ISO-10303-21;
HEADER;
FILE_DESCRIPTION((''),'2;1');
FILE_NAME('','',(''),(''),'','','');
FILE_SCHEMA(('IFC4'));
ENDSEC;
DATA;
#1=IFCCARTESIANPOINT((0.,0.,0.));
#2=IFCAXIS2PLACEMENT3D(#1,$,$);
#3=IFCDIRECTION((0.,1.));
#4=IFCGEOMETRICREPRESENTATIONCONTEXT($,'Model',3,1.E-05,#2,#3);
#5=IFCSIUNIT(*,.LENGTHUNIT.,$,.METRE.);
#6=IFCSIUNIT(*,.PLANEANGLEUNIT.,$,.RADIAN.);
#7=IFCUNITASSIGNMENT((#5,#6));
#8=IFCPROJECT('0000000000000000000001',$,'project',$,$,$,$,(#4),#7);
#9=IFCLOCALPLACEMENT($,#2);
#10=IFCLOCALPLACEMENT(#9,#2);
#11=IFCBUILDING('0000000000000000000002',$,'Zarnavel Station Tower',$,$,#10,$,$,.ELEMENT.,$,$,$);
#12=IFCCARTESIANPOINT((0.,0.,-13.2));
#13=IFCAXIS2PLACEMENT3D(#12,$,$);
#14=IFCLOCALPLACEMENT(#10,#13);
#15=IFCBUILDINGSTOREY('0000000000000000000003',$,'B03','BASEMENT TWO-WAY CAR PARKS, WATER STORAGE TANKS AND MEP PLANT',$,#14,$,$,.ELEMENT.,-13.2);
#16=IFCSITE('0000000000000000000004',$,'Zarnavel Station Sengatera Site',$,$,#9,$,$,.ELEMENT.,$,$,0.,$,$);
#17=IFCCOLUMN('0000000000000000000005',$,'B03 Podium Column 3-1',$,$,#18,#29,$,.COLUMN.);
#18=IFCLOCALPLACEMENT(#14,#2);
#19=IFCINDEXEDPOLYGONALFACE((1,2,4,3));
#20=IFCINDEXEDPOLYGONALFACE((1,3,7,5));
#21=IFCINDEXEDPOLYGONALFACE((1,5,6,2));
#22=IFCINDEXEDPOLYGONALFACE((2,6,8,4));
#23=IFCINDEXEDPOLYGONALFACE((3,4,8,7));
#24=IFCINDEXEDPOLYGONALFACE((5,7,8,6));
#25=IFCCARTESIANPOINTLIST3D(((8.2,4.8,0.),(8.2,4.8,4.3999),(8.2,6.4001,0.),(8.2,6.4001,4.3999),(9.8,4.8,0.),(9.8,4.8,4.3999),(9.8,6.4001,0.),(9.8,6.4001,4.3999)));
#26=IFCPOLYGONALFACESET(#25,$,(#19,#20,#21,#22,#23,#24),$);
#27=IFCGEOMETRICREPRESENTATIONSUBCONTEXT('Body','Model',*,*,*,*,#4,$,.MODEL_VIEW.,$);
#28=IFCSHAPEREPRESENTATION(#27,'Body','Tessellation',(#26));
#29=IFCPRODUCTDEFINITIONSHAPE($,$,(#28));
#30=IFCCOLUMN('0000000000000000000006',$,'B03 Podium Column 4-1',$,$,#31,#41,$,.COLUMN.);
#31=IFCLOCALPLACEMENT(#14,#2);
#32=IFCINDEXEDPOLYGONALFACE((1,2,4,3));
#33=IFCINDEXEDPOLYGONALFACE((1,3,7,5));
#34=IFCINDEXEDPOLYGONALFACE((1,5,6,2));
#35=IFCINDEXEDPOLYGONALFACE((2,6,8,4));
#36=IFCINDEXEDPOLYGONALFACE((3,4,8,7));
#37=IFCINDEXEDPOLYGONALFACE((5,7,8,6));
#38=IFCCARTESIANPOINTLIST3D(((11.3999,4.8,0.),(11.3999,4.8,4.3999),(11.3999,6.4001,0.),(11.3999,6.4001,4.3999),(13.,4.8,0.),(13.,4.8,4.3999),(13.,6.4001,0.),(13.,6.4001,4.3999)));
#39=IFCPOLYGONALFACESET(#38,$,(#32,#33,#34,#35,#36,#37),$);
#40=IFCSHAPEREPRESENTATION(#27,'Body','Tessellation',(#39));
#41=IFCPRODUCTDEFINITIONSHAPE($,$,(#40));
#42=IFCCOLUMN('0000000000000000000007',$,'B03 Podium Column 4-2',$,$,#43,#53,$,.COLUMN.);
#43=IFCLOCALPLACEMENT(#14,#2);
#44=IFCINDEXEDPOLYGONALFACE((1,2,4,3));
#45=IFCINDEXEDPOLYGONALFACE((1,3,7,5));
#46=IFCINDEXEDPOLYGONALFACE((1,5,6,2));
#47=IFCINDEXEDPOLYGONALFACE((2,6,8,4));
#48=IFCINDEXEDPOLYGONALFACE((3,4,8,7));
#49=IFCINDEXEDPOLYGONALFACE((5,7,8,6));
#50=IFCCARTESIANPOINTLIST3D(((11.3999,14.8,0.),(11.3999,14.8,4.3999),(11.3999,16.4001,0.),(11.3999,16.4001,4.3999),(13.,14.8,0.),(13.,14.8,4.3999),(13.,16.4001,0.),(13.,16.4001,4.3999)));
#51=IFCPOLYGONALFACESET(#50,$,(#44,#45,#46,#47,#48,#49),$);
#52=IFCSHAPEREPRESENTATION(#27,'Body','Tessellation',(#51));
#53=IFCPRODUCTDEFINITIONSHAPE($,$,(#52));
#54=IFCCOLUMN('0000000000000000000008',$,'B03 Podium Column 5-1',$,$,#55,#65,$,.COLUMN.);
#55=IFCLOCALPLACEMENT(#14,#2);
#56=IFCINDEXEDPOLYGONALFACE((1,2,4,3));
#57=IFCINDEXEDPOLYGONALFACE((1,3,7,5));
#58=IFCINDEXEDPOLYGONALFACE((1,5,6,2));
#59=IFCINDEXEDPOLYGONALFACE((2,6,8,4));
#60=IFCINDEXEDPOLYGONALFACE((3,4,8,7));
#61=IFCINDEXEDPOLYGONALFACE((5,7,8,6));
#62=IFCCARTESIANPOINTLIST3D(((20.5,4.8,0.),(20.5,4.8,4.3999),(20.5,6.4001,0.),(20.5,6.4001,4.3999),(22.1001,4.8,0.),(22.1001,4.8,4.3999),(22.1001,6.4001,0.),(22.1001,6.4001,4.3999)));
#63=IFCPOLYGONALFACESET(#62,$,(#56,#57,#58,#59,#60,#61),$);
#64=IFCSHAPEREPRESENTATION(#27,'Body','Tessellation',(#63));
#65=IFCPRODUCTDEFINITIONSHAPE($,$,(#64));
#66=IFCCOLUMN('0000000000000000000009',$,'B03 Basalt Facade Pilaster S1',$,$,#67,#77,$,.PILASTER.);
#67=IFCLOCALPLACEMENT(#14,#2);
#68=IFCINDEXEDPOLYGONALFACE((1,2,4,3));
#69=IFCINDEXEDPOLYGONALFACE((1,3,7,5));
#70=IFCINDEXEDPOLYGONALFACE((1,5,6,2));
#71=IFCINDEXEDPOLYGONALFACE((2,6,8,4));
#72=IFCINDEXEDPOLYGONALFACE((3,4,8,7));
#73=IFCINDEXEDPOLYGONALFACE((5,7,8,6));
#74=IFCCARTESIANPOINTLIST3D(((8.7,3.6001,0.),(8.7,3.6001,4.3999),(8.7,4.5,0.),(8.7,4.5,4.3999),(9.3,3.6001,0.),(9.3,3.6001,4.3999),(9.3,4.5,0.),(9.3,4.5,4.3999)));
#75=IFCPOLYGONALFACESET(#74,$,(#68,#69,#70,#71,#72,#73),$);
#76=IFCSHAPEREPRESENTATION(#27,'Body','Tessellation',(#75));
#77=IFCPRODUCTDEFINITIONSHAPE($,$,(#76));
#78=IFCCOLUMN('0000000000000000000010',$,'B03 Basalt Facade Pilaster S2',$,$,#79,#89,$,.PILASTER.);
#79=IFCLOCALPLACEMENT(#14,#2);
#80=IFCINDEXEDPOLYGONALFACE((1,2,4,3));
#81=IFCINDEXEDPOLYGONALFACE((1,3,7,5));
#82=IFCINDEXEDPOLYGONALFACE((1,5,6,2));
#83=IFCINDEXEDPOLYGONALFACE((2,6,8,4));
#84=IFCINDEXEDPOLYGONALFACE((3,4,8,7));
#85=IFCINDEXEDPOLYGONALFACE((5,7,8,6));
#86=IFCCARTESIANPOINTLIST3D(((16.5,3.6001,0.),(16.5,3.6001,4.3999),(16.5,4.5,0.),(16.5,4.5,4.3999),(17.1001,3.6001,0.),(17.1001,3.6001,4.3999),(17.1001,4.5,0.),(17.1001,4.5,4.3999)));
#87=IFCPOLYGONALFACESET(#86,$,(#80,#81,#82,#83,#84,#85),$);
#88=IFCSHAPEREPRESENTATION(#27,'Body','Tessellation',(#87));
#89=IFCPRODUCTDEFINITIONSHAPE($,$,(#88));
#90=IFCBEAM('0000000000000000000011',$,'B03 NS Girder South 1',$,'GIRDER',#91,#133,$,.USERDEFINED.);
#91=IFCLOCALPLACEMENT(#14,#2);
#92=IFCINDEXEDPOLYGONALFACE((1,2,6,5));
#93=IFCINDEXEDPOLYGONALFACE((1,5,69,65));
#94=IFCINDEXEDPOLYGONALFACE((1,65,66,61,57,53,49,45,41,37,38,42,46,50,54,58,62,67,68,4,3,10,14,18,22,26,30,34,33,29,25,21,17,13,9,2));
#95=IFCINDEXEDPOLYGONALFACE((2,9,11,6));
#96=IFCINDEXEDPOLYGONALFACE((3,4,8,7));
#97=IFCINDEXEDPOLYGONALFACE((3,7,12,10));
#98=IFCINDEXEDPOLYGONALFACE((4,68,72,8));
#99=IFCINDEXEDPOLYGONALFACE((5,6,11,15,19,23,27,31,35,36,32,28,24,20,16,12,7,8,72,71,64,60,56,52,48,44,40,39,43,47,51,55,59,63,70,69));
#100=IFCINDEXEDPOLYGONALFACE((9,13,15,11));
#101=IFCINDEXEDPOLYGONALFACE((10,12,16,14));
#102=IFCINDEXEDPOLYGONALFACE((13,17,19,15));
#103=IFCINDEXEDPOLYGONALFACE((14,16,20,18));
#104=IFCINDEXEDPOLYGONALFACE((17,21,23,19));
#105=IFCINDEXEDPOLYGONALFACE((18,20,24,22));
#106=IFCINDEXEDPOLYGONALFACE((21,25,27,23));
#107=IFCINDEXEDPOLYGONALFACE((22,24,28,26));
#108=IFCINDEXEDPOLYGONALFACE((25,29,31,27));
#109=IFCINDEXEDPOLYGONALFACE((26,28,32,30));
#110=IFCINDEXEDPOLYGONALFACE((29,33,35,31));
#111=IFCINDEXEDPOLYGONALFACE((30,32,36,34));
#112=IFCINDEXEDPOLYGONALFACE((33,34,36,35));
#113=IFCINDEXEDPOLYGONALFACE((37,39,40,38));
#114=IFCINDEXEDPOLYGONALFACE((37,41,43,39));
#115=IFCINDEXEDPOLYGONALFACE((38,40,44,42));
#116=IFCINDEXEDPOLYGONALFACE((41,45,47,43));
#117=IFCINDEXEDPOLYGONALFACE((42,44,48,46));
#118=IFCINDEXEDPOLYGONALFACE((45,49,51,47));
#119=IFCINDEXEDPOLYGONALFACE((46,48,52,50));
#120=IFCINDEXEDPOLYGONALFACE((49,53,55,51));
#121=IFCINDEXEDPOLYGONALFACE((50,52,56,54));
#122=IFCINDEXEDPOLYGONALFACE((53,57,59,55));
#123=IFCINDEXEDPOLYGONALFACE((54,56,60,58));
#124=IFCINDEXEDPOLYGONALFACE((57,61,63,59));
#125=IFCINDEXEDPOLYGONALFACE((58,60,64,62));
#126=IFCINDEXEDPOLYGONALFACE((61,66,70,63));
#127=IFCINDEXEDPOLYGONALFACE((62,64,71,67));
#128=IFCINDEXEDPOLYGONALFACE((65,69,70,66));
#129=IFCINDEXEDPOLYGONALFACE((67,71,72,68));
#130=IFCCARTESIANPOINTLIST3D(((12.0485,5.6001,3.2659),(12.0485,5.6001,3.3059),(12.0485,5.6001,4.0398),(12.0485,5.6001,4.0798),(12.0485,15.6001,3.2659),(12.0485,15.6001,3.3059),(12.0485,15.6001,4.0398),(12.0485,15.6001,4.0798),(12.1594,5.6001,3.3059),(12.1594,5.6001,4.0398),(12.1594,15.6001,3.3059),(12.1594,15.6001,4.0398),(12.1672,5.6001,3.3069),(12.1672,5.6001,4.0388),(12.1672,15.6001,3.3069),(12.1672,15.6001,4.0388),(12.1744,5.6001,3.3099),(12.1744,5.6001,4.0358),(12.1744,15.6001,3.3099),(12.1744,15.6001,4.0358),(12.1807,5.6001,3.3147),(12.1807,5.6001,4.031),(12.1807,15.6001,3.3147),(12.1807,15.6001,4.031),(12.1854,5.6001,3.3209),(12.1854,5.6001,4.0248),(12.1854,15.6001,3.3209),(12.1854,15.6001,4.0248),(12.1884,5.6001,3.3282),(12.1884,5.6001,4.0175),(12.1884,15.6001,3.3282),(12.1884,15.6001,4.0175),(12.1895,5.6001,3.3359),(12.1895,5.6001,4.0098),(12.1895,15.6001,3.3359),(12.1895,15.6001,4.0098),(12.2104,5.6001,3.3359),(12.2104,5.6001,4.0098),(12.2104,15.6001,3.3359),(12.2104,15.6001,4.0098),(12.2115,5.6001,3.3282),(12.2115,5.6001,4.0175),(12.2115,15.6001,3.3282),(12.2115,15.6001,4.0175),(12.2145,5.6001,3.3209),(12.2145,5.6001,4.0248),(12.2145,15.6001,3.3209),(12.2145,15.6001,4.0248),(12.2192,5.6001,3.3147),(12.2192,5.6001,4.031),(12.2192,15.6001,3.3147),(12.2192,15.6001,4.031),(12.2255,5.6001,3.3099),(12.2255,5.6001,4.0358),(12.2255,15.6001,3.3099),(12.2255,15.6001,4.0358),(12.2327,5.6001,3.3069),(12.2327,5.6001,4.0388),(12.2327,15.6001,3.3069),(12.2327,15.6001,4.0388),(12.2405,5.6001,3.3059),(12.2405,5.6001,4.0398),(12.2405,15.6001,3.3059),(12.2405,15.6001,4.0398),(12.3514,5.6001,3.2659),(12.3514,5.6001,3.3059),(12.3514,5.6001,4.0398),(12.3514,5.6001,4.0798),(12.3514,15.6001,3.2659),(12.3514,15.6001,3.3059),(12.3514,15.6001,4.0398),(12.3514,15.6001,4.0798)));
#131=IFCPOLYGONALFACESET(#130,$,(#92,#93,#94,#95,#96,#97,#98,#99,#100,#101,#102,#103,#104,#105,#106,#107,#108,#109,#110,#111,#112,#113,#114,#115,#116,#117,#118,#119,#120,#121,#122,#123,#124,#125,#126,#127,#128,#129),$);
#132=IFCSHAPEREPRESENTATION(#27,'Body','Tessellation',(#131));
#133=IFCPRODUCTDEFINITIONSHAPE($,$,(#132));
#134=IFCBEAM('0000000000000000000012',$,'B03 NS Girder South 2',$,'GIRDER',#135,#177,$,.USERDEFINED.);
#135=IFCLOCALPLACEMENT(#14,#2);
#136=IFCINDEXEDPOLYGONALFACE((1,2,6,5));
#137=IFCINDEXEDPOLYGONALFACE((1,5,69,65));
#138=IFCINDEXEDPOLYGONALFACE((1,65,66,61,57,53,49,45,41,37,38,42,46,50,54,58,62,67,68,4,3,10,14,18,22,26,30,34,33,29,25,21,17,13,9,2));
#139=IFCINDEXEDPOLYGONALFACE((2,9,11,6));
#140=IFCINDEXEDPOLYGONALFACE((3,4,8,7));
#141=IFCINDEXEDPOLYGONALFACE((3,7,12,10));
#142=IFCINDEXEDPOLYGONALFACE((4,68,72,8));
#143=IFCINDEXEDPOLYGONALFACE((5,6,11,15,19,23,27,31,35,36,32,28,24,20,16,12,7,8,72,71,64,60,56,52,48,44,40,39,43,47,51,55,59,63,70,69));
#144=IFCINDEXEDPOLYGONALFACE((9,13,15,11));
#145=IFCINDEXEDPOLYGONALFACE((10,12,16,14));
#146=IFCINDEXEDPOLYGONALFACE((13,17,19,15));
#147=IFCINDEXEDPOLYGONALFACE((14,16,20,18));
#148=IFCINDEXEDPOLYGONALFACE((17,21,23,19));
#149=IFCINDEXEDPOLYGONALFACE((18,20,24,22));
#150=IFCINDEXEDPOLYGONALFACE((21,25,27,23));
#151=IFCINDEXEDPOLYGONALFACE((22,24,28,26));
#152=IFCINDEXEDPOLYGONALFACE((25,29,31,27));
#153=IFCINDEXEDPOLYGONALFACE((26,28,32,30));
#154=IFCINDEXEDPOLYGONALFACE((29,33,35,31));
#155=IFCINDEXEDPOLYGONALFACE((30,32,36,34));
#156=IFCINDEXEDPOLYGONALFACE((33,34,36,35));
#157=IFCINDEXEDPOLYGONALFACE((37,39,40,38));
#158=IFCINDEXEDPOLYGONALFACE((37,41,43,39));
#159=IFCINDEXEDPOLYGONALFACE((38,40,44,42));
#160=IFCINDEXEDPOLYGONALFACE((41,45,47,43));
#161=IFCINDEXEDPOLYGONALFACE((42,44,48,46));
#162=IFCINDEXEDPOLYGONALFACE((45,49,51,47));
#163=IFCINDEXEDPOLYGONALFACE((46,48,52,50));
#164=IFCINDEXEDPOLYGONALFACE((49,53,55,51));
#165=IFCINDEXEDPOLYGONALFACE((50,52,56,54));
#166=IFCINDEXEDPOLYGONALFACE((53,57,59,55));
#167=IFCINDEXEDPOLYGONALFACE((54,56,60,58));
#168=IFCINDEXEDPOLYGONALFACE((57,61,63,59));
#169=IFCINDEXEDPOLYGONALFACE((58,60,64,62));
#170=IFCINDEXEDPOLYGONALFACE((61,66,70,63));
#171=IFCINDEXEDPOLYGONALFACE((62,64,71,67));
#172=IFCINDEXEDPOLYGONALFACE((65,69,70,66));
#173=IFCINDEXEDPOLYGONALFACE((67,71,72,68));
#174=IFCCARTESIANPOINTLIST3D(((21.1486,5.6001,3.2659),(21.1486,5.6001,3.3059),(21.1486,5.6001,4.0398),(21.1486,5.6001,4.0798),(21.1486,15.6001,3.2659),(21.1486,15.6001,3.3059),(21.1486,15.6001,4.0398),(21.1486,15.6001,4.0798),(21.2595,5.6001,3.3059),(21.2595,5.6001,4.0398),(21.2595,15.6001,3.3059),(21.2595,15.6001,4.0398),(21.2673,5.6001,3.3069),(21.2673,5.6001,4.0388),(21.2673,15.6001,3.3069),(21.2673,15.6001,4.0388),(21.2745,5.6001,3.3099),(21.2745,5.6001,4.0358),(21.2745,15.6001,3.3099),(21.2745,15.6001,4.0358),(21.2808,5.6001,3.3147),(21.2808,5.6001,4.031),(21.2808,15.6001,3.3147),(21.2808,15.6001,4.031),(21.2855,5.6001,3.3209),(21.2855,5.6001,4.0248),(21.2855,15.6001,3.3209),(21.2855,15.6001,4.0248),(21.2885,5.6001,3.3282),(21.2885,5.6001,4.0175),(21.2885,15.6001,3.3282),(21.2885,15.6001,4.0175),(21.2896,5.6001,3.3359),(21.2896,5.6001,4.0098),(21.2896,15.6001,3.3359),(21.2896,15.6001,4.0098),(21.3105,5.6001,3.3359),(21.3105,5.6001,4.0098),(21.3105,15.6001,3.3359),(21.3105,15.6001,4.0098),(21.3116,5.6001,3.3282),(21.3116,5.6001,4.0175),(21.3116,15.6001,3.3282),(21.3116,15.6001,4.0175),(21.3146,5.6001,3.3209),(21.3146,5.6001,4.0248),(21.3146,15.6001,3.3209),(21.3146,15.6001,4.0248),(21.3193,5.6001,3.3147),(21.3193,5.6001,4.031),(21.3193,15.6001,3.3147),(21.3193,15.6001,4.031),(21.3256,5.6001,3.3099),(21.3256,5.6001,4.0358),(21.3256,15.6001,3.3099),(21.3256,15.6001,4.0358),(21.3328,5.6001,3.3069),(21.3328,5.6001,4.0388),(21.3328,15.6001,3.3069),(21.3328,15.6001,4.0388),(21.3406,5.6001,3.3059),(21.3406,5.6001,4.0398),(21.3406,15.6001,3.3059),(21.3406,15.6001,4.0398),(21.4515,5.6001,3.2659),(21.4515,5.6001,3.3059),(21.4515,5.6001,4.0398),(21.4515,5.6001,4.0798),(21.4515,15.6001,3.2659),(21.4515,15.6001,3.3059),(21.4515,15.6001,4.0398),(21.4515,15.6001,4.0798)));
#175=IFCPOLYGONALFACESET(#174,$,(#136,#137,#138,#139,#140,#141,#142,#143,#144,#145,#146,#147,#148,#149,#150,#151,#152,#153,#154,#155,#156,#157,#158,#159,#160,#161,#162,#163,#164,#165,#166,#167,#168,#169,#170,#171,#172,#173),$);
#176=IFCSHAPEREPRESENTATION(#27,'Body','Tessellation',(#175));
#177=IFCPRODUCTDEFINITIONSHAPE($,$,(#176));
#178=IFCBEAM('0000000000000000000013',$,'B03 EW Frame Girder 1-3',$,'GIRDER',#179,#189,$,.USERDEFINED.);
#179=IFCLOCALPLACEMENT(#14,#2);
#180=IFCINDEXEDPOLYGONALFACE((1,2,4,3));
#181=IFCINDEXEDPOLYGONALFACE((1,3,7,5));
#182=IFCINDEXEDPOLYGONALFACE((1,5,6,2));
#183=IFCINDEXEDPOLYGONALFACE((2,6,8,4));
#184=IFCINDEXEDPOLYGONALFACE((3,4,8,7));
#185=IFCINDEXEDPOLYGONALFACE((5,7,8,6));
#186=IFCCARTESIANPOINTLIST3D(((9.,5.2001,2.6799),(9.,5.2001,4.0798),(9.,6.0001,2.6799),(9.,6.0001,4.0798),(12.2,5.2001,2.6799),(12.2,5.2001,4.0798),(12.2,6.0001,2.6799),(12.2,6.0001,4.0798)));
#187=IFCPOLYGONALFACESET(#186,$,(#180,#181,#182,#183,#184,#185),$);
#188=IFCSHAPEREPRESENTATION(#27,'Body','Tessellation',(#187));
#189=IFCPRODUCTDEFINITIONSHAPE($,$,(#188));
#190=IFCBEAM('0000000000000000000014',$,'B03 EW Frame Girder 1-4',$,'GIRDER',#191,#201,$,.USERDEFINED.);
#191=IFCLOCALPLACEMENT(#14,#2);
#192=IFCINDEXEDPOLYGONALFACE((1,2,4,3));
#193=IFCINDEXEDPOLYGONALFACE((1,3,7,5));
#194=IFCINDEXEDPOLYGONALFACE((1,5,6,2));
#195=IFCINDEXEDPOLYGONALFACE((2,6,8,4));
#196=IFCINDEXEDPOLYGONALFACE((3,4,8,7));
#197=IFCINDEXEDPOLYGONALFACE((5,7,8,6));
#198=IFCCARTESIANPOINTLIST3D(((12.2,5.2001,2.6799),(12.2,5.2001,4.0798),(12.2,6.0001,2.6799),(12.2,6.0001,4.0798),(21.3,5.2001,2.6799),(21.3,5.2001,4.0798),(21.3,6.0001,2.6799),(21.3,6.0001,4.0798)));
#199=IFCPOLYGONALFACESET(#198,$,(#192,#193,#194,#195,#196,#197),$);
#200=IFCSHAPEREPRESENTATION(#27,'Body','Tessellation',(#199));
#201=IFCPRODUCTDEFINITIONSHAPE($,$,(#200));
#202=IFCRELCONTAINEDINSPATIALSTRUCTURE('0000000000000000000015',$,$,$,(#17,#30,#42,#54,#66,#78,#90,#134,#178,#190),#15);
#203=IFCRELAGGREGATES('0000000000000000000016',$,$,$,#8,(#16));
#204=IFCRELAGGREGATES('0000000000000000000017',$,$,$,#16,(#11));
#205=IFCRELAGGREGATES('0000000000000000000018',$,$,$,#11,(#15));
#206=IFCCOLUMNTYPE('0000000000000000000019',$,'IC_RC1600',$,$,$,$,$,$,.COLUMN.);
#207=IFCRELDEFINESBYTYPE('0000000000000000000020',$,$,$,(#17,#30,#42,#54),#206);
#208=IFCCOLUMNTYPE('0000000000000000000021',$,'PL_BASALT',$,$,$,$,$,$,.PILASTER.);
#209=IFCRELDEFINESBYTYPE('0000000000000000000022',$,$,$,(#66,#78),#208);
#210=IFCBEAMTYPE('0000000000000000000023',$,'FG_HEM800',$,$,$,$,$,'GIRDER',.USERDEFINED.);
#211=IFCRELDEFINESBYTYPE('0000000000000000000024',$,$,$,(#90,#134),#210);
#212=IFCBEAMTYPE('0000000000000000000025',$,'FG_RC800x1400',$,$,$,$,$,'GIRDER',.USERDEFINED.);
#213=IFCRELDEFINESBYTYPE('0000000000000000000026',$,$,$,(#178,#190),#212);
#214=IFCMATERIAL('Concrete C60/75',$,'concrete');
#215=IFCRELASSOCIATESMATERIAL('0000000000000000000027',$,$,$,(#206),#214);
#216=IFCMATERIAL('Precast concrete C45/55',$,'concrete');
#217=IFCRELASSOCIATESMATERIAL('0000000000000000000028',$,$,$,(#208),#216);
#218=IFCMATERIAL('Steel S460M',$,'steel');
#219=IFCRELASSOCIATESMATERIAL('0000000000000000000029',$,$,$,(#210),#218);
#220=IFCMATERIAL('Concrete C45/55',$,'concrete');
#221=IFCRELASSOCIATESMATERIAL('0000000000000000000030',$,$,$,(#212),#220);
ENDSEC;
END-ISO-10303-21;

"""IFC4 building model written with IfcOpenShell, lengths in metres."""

from ifc_helpers import new_model, si_unit, direction, frame, origin, origin_2d, place, context, subcontext, project, spatial, rectangle, i_section, extrude, material, material_profile, profile_set, type_object, element, save


model = new_model("IFC4")

# Units and contexts
model_context = context("Model", 3, precision=1e-05, world=origin(), true_north=direction((0.0, 1.0)))
body_context = subcontext(model_context, "Body", "Model", "MODEL_VIEW")
ifc_project = project(units=[si_unit("LENGTHUNIT", "METRE"), si_unit("PLANEANGLEUNIT", "RADIAN")], contexts=[model_context])

# Site, building, storey
site_placement = place(None, origin())
site = spatial("IfcSite", under=ifc_project, at=site_placement, Name="Zarnavel Station Sengatera Site", CompositionType="ELEMENT", RefElevation=0.0)
building_placement = place(site_placement, origin())
building = spatial("IfcBuilding", under=site, at=building_placement, Name="Zarnavel Station Tower", CompositionType="ELEMENT")
storey_placement = place(building_placement, frame((0.0, 0.0, -13.2)))
storey = spatial("IfcBuildingStorey", under=building, at=storey_placement, Name="B03", Description="BASEMENT TWO-WAY CAR PARKS, WATER STORAGE TANKS AND MEP PLANT", CompositionType="ELEMENT", Elevation=-13.2)

# Columns
ifc_material_1 = material(Name="Concrete C60/75", Category="concrete")
ifc_material_profile_1 = material_profile(ifc_material_1, rectangle(XDim=1.6001, YDim=1.6001, at=origin_2d()), Name="RC1600x1600")
ifc_profile_set_1 = profile_set([ifc_material_profile_1], Name="Concrete C60/75")
column_type_1 = type_object("IfcColumnType", Name="IC_RC1600", PredefinedType="COLUMN", material=ifc_profile_set_1)
for number, where, z_axis, x_axis, name in (
    (1, (9.0, 5.6001, 0.0), (0.0, 0.0, 1.0), (1.0, 0.0, 0.0), "B03 Podium Column 3-1"),
    (2, (12.2, 5.6001, 0.0), (0.0, 0.0, 1.0), (1.0, 0.0, 0.0), "B03 Podium Column 4-1"),
    (3, (12.2, 15.6001, 0.0), (0.0, 0.0, 1.0), (1.0, 0.0, 0.0), "B03 Podium Column 4-2"),
    (4, (21.3, 5.6001, 0.0), (0.0, 0.0, 1.0), (1.0, 0.0, 0.0), "B03 Podium Column 5-1"),
):
    element("IfcColumn", number, at=place(storey_placement, frame(where, z_axis=z_axis, x_axis=x_axis)), inside=storey, type_object=column_type_1, Name=name, PredefinedType="COLUMN", context=body_context, shape_type="SweptSolid", body=[
        extrude(rectangle(XDim=1.6001, YDim=1.6001, at=origin_2d()), origin(), (0.0, 0.0, 1.0), 4.3999),
    ])
ifc_material_2 = material(Name="Precast concrete C45/55", Category="concrete")
ifc_material_profile_2 = material_profile(ifc_material_2, rectangle(XDim=0.6001, YDim=0.8999, at=origin_2d()), Name="RC600x900")
ifc_profile_set_2 = profile_set([ifc_material_profile_2], Name="Precast concrete C45/55")
column_type_2 = type_object("IfcColumnType", Name="PL_BASALT", PredefinedType="PILASTER", material=ifc_profile_set_2)
for number, where, z_axis, x_axis, name in (
    (5, (9.0, 4.05, 0.0), (0.0, 0.0, 1.0), (1.0, 0.0, 0.0), "B03 Basalt Facade Pilaster S1"),
    (6, (16.8, 4.05, 0.0), (0.0, 0.0, 1.0), (1.0, 0.0, 0.0), "B03 Basalt Facade Pilaster S2"),
):
    element("IfcColumn", number, at=place(storey_placement, frame(where, z_axis=z_axis, x_axis=x_axis)), inside=storey, type_object=column_type_2, Name=name, PredefinedType="PILASTER", context=body_context, shape_type="SweptSolid", body=[
        extrude(rectangle(XDim=0.6001, YDim=0.8999, at=origin_2d()), origin(), (0.0, 0.0, 1.0), 4.3999),
    ])

# Beams
ifc_material_3 = material(Name="Steel S460M", Category="steel")
ifc_material_profile_3 = material_profile(ifc_material_3, i_section(OverallWidth=0.303, OverallDepth=0.814, WebThickness=0.021, FlangeThickness=0.04, FilletRadius=0.03, at=origin_2d()), Name="HEM800")
ifc_profile_set_3 = profile_set([ifc_material_profile_3], Name="Steel S460M")
beam_type_1 = type_object("IfcBeamType", Name="FG_HEM800", ElementType="GIRDER", PredefinedType="USERDEFINED", material=ifc_profile_set_3)
for number, where, z_axis, x_axis, name in (
    (7, (12.2, 5.6001, 3.6729), (0.0, 1.0, 0.0), (-1.0, 0.0, 0.0), "B03 NS Girder South 1"),
    (8, (21.3, 5.6001, 3.6729), (0.0, 1.0, 0.0), (-1.0, 0.0, 0.0), "B03 NS Girder South 2"),
):
    element("IfcBeam", number, at=place(storey_placement, frame(where, z_axis=z_axis, x_axis=x_axis)), inside=storey, type_object=beam_type_1, Name=name, ObjectType="GIRDER", PredefinedType="USERDEFINED", context=body_context, shape_type="SweptSolid", body=[
        extrude(i_section(OverallWidth=0.303, OverallDepth=0.814, WebThickness=0.021, FlangeThickness=0.04, FilletRadius=0.03, at=origin_2d()), origin(), (0.0, 0.0, 1.0), 10.0),
    ])
ifc_material_4 = material(Name="Concrete C45/55", Category="concrete")
ifc_material_profile_4 = material_profile(ifc_material_4, rectangle(XDim=0.8, YDim=1.3999, at=origin_2d()), Name="RC800x1400")
ifc_profile_set_4 = profile_set([ifc_material_profile_4], Name="Concrete C45/55")
beam_type_2 = type_object("IfcBeamType", Name="FG_RC800x1400", ElementType="GIRDER", PredefinedType="USERDEFINED", material=ifc_profile_set_4)
beam_1_placement = place(storey_placement, frame((9.0, 5.6001, 3.3799), z_axis=(1.0, 0.0, 0.0), x_axis=(0.0, 1.0, 0.0)))
element("IfcBeam", 9, at=beam_1_placement, inside=storey, type_object=beam_type_2, Name="B03 EW Frame Girder 1-3", ObjectType="GIRDER", PredefinedType="USERDEFINED", context=body_context, shape_type="SweptSolid", body=[
    extrude(rectangle(XDim=0.8, YDim=1.3999, at=origin_2d()), origin(), (0.0, 0.0, 1.0), 3.2),
])
beam_2_placement = place(storey_placement, frame((12.2, 5.6001, 3.3799), z_axis=(1.0, 0.0, 0.0), x_axis=(0.0, 1.0, 0.0)))
element("IfcBeam", 10, at=beam_2_placement, inside=storey, type_object=beam_type_2, Name="B03 EW Frame Girder 1-4", ObjectType="GIRDER", PredefinedType="USERDEFINED", context=body_context, shape_type="SweptSolid", body=[
    extrude(rectangle(XDim=0.8, YDim=1.3999, at=origin_2d()), origin(), (0.0, 0.0, 1.0), 9.1001),
])

save(model, "model.ifc")
